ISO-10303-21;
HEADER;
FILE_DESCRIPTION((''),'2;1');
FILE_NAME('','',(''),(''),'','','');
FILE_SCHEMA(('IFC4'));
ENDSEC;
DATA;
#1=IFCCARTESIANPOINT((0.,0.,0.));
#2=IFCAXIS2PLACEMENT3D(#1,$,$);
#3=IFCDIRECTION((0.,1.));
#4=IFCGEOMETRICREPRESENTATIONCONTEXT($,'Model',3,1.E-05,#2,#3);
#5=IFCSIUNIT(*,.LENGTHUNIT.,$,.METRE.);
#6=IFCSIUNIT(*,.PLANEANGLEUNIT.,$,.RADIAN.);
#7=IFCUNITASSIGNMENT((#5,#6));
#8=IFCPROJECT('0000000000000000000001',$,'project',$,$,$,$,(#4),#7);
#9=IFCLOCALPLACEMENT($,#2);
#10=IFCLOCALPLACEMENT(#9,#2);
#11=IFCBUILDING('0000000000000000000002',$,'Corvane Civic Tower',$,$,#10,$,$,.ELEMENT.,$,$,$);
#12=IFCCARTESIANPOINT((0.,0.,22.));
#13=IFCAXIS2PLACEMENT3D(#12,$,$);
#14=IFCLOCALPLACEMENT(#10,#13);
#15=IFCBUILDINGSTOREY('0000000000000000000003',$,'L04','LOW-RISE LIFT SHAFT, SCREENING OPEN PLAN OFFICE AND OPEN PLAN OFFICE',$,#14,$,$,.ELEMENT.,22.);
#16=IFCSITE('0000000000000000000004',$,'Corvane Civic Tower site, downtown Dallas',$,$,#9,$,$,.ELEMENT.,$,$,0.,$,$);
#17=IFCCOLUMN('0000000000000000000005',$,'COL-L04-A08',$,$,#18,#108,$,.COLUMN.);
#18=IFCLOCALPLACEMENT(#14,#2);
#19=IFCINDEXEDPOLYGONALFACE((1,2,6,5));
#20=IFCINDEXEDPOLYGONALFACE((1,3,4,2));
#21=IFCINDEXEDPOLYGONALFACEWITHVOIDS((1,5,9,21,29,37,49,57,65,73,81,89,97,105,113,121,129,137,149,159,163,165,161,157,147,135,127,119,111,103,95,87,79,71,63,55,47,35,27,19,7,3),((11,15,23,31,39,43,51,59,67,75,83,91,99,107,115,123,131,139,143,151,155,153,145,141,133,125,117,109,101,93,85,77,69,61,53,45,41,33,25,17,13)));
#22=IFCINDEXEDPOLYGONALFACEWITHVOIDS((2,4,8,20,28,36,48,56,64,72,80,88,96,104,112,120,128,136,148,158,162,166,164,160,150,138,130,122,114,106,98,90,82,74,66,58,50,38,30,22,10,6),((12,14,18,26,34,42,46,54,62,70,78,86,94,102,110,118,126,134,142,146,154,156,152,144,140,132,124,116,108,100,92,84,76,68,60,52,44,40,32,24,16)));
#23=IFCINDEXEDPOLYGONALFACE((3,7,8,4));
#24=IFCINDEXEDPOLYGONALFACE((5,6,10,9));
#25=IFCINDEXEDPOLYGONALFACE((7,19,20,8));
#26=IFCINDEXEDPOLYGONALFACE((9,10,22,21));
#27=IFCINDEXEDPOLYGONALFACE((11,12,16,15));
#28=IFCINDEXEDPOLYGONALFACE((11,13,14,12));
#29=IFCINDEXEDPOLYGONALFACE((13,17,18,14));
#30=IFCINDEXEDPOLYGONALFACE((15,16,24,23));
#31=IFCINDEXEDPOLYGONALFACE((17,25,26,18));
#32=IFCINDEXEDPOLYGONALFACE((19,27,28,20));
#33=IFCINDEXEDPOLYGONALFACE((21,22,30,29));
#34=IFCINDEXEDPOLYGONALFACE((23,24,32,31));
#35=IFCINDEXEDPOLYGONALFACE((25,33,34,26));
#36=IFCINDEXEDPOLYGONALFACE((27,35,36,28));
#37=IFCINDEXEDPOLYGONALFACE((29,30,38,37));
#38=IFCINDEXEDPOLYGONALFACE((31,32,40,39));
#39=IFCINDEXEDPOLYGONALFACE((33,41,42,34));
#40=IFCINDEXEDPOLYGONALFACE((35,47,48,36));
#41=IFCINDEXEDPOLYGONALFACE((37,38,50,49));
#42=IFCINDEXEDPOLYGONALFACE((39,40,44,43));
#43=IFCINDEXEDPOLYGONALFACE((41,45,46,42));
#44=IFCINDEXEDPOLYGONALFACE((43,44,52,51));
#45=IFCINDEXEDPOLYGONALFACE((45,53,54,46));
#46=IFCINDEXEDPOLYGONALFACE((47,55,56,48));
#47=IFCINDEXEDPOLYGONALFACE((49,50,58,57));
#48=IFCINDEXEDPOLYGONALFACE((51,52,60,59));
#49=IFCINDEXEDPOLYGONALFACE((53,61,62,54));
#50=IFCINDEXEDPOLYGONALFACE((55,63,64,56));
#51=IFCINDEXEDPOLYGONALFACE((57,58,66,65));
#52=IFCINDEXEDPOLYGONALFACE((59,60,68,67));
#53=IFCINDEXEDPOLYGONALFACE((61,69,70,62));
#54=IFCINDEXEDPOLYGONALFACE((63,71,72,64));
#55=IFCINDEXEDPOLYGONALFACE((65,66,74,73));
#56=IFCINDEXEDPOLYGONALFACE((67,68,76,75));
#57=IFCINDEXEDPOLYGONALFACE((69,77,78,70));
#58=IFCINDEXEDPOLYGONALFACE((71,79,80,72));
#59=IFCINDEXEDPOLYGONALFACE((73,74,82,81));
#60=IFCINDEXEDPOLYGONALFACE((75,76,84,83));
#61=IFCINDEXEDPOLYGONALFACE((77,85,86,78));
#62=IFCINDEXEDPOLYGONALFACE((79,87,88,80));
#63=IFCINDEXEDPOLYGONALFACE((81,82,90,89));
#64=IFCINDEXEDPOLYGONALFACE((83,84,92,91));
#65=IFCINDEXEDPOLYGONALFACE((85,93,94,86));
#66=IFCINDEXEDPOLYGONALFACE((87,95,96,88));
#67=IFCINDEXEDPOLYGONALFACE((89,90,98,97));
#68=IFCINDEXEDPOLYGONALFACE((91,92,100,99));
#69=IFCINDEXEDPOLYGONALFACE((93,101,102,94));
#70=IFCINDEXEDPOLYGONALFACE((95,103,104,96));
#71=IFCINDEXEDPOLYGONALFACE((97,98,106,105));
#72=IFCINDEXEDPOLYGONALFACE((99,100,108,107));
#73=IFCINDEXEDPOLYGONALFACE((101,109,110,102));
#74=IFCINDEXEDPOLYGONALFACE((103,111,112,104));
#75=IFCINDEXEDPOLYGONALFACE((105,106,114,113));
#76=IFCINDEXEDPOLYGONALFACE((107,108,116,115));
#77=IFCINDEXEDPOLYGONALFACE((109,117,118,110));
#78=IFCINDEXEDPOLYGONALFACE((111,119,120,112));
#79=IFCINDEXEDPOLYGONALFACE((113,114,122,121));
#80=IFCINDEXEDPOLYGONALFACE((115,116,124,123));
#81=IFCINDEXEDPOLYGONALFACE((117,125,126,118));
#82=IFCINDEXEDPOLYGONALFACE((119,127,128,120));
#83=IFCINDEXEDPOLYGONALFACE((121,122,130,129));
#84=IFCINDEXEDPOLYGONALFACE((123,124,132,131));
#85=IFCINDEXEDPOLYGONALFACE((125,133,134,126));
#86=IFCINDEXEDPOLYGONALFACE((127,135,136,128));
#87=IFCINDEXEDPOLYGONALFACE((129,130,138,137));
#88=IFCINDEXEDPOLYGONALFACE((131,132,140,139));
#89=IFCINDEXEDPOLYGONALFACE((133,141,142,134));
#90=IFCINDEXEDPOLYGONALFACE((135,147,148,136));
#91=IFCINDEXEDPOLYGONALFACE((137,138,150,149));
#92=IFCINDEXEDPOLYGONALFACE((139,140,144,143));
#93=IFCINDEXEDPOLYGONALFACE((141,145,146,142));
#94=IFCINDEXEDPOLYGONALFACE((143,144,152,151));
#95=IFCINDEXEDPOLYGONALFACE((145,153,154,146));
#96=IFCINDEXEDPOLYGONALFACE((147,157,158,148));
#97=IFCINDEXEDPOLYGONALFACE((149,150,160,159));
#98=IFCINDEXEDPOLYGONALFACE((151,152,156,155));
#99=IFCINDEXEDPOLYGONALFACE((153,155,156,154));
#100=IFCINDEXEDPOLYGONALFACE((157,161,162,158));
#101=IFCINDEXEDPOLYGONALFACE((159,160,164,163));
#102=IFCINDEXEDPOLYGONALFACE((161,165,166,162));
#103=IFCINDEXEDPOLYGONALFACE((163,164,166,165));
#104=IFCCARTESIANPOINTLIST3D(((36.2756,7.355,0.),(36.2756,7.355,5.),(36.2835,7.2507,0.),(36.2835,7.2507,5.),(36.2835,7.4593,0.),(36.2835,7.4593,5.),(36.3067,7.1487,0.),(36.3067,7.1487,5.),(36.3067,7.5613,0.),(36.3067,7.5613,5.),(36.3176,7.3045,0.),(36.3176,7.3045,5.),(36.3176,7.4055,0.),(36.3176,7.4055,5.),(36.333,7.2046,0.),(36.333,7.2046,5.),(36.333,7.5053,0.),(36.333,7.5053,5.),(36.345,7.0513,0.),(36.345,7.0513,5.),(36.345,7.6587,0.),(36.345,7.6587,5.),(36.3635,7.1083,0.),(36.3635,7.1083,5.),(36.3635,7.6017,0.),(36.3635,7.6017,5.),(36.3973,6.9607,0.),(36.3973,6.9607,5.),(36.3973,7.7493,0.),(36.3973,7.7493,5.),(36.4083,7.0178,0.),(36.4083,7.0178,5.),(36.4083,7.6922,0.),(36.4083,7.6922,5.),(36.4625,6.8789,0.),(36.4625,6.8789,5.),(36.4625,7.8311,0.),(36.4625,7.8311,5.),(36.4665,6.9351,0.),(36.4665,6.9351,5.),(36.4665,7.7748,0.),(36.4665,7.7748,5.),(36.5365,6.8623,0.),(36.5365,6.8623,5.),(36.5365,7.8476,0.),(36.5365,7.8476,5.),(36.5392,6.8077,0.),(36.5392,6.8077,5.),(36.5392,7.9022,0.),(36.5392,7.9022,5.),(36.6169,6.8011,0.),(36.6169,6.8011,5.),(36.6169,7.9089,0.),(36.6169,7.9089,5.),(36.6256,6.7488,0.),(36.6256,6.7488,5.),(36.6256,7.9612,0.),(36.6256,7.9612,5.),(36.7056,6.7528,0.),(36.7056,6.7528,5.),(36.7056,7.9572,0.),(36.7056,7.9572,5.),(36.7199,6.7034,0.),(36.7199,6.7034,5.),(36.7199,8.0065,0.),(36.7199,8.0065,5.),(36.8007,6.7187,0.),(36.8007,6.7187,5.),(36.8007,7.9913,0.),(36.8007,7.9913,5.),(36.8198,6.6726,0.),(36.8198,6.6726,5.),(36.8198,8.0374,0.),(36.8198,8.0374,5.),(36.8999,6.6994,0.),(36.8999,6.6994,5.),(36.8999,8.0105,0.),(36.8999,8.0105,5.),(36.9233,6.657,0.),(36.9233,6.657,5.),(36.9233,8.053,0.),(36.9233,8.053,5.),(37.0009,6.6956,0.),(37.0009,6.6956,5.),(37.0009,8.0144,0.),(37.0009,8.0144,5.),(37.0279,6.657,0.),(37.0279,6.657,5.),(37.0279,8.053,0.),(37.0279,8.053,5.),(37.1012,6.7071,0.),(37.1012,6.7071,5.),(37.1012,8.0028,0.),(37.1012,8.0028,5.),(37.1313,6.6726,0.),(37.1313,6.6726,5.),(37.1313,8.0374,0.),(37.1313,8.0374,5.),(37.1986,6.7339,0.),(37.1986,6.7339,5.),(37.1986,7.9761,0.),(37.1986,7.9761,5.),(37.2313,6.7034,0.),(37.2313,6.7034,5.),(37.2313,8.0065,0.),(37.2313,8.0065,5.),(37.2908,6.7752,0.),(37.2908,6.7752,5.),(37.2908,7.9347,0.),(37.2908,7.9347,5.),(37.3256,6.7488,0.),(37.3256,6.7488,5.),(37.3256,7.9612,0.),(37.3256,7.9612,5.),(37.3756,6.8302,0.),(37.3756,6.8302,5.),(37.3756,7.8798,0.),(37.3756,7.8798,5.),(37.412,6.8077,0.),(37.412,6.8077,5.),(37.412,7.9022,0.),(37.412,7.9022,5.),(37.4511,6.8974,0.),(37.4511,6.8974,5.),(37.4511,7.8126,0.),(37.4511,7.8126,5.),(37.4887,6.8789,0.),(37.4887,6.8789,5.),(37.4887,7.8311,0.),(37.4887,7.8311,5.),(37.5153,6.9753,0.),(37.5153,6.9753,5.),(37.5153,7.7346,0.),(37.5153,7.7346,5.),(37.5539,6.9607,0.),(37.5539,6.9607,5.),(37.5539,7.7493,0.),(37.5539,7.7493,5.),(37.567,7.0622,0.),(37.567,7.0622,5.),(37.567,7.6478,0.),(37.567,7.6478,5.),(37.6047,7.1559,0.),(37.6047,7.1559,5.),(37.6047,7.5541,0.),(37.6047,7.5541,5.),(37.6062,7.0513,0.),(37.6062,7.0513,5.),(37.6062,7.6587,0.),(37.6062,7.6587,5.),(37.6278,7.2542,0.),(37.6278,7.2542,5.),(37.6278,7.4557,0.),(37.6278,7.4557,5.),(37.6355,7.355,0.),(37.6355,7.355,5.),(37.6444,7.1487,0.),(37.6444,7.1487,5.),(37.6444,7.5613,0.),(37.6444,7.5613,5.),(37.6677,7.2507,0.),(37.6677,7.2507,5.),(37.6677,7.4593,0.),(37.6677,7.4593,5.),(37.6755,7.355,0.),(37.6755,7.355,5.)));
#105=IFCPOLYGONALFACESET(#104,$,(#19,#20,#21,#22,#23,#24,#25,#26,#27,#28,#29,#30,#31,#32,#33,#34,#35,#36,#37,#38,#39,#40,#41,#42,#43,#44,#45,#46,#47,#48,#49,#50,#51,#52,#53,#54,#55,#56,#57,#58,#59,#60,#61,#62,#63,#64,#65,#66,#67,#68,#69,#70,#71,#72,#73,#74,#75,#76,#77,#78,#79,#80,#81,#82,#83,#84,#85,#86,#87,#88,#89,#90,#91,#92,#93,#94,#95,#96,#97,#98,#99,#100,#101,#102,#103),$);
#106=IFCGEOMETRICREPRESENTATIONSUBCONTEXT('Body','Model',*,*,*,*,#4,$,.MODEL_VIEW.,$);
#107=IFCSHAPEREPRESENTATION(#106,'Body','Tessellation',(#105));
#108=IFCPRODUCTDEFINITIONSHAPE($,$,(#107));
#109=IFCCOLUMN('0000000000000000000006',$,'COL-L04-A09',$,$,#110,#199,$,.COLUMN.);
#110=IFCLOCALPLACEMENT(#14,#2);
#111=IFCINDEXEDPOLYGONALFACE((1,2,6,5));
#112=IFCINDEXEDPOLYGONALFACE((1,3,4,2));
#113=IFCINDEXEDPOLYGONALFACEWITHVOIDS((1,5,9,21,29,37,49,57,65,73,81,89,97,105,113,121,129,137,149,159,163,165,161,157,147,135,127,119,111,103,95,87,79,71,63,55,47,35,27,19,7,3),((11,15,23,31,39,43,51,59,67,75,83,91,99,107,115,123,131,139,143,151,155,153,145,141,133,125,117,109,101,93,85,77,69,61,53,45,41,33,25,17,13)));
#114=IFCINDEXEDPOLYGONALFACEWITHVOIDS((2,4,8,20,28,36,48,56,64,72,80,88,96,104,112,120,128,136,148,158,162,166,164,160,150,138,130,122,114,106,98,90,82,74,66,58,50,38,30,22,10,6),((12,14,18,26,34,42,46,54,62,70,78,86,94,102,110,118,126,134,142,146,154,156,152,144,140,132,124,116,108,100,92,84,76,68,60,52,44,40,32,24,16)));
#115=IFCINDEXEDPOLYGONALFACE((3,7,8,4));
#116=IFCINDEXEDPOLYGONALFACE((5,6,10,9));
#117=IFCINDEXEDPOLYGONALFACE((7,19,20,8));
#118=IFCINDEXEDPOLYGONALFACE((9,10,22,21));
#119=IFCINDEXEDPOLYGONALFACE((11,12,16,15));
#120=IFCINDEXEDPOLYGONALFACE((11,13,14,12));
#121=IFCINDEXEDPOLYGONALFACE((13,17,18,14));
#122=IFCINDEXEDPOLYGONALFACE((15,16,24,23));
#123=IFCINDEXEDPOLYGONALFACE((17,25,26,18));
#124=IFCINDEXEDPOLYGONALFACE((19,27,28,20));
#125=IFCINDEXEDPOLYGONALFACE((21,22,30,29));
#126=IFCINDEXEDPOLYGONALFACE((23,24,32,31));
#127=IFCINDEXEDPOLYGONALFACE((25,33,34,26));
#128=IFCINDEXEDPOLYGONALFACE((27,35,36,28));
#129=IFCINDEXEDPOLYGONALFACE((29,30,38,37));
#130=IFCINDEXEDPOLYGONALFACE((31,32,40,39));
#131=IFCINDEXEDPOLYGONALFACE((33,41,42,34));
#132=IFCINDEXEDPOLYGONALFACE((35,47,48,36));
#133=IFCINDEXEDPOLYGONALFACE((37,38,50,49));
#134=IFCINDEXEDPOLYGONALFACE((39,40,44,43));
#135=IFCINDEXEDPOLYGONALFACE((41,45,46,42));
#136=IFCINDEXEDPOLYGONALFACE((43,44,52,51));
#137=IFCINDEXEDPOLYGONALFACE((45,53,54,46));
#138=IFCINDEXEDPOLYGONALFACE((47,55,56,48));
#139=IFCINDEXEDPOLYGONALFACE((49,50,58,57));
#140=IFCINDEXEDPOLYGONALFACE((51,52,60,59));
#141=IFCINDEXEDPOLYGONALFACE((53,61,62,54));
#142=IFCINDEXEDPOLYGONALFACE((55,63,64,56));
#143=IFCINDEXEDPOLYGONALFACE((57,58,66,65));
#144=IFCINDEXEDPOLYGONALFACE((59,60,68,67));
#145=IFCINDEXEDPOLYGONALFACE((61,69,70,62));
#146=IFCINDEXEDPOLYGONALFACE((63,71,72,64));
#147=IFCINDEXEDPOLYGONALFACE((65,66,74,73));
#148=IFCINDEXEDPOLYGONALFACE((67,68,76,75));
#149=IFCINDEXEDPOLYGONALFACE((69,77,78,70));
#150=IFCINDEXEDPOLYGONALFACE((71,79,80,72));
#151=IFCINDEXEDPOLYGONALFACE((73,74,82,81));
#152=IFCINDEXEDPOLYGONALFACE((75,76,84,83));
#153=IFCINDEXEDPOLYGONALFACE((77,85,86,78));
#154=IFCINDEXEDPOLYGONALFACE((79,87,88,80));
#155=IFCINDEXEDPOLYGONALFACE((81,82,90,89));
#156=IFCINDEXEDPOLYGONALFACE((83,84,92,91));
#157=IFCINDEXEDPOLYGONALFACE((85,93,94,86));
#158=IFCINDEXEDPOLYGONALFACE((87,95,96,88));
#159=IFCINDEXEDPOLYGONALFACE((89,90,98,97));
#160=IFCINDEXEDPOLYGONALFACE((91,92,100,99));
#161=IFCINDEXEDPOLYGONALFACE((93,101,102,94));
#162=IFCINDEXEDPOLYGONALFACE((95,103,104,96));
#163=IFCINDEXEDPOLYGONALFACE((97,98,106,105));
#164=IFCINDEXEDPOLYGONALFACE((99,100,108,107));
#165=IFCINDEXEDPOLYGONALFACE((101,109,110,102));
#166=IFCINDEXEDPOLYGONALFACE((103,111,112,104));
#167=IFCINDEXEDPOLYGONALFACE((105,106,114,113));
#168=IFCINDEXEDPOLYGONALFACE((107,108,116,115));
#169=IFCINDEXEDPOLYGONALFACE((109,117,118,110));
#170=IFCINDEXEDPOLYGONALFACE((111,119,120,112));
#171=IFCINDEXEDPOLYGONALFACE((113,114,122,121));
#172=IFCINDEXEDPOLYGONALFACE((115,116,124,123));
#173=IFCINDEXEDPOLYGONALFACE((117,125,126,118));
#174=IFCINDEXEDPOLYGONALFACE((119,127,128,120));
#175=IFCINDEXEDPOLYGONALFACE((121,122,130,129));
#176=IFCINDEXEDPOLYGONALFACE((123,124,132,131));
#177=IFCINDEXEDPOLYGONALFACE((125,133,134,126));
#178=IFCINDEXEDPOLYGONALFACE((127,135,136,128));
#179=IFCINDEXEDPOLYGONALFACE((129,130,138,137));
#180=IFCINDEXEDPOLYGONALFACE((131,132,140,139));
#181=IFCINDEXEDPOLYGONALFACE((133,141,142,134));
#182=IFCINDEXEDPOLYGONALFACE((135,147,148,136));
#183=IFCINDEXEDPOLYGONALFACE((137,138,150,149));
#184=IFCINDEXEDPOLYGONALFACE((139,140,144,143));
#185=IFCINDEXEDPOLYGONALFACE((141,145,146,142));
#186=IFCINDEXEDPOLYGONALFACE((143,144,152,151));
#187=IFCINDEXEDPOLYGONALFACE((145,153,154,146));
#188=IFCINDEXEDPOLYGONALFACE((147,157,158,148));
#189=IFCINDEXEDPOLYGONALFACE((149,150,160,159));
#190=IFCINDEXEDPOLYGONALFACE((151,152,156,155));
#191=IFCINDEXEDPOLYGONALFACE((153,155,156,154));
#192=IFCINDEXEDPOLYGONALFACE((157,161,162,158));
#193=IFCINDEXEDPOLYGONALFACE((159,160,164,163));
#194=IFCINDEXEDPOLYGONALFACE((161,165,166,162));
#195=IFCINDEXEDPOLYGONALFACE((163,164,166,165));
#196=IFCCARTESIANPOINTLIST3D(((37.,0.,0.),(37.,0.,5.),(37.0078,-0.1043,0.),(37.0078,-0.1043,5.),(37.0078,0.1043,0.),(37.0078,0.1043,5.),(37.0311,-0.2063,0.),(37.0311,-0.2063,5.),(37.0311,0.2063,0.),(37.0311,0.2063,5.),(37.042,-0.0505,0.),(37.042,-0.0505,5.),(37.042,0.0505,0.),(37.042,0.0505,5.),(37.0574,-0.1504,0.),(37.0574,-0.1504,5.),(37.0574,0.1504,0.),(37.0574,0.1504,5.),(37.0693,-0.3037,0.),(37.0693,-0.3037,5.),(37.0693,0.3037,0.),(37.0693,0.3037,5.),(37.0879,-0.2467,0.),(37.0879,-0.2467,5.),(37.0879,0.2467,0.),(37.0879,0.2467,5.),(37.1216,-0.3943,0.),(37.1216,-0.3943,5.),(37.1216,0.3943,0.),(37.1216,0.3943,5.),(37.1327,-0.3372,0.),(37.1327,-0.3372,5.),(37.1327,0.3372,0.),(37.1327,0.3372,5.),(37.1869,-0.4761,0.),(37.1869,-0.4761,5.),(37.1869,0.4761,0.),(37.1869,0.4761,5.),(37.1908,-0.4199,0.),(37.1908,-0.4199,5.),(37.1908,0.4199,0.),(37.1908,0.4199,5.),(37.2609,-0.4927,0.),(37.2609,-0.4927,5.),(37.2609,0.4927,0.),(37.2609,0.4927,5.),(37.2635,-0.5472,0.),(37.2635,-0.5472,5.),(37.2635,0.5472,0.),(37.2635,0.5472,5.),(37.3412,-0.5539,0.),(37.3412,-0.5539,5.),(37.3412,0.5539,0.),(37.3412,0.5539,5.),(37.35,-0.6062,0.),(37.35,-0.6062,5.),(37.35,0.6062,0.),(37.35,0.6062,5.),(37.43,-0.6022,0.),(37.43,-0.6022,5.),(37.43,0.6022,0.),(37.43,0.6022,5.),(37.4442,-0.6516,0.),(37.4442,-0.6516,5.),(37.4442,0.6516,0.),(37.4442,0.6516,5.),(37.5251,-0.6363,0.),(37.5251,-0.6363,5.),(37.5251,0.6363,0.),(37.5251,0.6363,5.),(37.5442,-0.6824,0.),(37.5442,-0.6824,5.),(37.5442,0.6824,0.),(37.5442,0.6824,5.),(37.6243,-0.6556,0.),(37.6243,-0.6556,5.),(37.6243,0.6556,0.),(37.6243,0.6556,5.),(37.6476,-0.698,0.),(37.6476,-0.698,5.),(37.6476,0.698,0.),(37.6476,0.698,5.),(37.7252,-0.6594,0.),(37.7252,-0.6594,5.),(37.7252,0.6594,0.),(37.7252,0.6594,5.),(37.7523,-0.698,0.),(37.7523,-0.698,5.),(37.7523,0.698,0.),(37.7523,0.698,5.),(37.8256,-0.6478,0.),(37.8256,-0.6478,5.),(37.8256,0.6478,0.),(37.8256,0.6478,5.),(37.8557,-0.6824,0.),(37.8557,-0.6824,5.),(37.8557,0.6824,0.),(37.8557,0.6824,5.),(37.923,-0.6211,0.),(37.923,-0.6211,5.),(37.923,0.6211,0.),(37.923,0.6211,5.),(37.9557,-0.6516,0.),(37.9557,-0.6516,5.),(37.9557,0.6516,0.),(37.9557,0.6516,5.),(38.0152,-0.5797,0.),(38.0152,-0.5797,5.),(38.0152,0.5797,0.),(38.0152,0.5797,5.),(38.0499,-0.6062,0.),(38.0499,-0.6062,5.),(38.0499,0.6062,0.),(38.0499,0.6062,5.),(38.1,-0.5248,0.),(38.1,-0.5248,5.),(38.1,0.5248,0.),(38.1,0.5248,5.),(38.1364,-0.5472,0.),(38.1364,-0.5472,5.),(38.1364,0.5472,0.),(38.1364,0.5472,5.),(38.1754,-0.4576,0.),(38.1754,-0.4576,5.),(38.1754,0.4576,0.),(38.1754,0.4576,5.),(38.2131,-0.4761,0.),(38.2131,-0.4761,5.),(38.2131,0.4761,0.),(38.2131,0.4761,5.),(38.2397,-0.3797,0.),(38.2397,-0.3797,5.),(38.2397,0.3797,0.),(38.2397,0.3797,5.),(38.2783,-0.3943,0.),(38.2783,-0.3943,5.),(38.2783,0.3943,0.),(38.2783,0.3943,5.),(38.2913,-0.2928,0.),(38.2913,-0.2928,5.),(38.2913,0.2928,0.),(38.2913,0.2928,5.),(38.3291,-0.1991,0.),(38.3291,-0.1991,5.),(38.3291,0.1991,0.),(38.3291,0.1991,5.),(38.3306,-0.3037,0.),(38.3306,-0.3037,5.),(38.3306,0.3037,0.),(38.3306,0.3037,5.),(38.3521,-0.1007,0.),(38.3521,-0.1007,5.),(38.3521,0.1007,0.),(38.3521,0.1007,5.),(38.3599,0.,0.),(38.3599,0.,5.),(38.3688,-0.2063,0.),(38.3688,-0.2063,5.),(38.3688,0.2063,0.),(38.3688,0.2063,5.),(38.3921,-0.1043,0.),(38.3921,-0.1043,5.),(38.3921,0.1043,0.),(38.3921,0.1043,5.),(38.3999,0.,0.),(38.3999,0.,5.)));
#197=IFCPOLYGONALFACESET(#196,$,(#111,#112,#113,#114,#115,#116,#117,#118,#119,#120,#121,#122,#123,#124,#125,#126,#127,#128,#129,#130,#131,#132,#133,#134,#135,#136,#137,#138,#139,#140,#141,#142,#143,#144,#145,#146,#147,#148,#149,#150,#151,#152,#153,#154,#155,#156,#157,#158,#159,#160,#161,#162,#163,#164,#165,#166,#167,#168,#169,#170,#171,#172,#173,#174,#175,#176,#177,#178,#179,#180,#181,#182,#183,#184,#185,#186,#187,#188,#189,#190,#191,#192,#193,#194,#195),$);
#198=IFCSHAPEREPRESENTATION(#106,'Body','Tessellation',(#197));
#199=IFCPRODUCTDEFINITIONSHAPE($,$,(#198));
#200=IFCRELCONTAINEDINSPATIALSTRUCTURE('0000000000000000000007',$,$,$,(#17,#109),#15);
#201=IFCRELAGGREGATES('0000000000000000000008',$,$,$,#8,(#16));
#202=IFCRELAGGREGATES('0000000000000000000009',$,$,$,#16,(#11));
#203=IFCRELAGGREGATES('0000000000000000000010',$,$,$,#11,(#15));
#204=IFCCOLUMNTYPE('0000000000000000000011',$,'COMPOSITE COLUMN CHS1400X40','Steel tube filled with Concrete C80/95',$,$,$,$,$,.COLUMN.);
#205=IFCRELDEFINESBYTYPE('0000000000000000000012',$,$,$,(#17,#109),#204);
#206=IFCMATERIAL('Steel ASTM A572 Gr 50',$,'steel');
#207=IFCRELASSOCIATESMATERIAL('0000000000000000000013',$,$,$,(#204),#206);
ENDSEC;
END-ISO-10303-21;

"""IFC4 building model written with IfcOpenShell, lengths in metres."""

from ifc_helpers import new_model, si_unit, direction, frame, origin, origin_2d, place, context, subcontext, project, spatial, hollow_circle, extrude, material, material_profile, profile_set, type_object, element, save


model = new_model("IFC4")

# Units and contexts
model_context = context("Model", 3, precision=1e-05, world=origin(), true_north=direction((0.0, 1.0)))
body_context = subcontext(model_context, "Body", "Model", "MODEL_VIEW")
ifc_project = project(units=[si_unit("LENGTHUNIT", "METRE"), si_unit("PLANEANGLEUNIT", "RADIAN")], contexts=[model_context])

# Site, building, storey
site_placement = place(None, origin())
site = spatial("IfcSite", under=ifc_project, at=site_placement, Name="Corvane Civic Tower site, downtown Dallas", CompositionType="ELEMENT", RefElevation=0.0)
building_placement = place(site_placement, origin())
building = spatial("IfcBuilding", under=site, at=building_placement, Name="Corvane Civic Tower", CompositionType="ELEMENT")
storey_placement = place(building_placement, frame((0.0, 0.0, 22.0)))
storey = spatial("IfcBuildingStorey", under=building, at=storey_placement, Name="L04", Description="LOW-RISE LIFT SHAFT, SCREENING OPEN PLAN OFFICE AND OPEN PLAN OFFICE", CompositionType="ELEMENT", Elevation=22.0)

# Columns
ifc_material_1 = material(Name="Steel ASTM A572 Gr 50", Category="steel")
ifc_material_profile_1 = material_profile(ifc_material_1, hollow_circle(Radius=0.7, WallThickness=0.04, at=origin_2d()), Name="CHS1400X40")
ifc_profile_set_1 = profile_set([ifc_material_profile_1], Name="Steel ASTM A572 Gr 50")
column_type_1 = type_object("IfcColumnType", Name="COMPOSITE COLUMN CHS1400X40", Description="Steel tube filled with Concrete C80/95", PredefinedType="COLUMN", material=ifc_profile_set_1)
for number, where, z_axis, x_axis, name in (
    (1, (36.9756, 7.355, 0.0), (0.0, 0.0, 1.0), (1.0, 0.0, 0.0), "COL-L04-A08"),
    (2, (37.7, 0.0, 0.0), (0.0, 0.0, 1.0), (1.0, 0.0, 0.0), "COL-L04-A09"),
):
    element("IfcColumn", number, at=place(storey_placement, frame(where, z_axis=z_axis, x_axis=x_axis)), inside=storey, type_object=column_type_1, Name=name, PredefinedType="COLUMN", context=body_context, shape_type="SweptSolid", body=[
        extrude(hollow_circle(Radius=0.7, WallThickness=0.04, at=origin_2d()), origin(), (0.0, 0.0, 1.0), 5.0),
    ])

save(model, "model.ifc")
